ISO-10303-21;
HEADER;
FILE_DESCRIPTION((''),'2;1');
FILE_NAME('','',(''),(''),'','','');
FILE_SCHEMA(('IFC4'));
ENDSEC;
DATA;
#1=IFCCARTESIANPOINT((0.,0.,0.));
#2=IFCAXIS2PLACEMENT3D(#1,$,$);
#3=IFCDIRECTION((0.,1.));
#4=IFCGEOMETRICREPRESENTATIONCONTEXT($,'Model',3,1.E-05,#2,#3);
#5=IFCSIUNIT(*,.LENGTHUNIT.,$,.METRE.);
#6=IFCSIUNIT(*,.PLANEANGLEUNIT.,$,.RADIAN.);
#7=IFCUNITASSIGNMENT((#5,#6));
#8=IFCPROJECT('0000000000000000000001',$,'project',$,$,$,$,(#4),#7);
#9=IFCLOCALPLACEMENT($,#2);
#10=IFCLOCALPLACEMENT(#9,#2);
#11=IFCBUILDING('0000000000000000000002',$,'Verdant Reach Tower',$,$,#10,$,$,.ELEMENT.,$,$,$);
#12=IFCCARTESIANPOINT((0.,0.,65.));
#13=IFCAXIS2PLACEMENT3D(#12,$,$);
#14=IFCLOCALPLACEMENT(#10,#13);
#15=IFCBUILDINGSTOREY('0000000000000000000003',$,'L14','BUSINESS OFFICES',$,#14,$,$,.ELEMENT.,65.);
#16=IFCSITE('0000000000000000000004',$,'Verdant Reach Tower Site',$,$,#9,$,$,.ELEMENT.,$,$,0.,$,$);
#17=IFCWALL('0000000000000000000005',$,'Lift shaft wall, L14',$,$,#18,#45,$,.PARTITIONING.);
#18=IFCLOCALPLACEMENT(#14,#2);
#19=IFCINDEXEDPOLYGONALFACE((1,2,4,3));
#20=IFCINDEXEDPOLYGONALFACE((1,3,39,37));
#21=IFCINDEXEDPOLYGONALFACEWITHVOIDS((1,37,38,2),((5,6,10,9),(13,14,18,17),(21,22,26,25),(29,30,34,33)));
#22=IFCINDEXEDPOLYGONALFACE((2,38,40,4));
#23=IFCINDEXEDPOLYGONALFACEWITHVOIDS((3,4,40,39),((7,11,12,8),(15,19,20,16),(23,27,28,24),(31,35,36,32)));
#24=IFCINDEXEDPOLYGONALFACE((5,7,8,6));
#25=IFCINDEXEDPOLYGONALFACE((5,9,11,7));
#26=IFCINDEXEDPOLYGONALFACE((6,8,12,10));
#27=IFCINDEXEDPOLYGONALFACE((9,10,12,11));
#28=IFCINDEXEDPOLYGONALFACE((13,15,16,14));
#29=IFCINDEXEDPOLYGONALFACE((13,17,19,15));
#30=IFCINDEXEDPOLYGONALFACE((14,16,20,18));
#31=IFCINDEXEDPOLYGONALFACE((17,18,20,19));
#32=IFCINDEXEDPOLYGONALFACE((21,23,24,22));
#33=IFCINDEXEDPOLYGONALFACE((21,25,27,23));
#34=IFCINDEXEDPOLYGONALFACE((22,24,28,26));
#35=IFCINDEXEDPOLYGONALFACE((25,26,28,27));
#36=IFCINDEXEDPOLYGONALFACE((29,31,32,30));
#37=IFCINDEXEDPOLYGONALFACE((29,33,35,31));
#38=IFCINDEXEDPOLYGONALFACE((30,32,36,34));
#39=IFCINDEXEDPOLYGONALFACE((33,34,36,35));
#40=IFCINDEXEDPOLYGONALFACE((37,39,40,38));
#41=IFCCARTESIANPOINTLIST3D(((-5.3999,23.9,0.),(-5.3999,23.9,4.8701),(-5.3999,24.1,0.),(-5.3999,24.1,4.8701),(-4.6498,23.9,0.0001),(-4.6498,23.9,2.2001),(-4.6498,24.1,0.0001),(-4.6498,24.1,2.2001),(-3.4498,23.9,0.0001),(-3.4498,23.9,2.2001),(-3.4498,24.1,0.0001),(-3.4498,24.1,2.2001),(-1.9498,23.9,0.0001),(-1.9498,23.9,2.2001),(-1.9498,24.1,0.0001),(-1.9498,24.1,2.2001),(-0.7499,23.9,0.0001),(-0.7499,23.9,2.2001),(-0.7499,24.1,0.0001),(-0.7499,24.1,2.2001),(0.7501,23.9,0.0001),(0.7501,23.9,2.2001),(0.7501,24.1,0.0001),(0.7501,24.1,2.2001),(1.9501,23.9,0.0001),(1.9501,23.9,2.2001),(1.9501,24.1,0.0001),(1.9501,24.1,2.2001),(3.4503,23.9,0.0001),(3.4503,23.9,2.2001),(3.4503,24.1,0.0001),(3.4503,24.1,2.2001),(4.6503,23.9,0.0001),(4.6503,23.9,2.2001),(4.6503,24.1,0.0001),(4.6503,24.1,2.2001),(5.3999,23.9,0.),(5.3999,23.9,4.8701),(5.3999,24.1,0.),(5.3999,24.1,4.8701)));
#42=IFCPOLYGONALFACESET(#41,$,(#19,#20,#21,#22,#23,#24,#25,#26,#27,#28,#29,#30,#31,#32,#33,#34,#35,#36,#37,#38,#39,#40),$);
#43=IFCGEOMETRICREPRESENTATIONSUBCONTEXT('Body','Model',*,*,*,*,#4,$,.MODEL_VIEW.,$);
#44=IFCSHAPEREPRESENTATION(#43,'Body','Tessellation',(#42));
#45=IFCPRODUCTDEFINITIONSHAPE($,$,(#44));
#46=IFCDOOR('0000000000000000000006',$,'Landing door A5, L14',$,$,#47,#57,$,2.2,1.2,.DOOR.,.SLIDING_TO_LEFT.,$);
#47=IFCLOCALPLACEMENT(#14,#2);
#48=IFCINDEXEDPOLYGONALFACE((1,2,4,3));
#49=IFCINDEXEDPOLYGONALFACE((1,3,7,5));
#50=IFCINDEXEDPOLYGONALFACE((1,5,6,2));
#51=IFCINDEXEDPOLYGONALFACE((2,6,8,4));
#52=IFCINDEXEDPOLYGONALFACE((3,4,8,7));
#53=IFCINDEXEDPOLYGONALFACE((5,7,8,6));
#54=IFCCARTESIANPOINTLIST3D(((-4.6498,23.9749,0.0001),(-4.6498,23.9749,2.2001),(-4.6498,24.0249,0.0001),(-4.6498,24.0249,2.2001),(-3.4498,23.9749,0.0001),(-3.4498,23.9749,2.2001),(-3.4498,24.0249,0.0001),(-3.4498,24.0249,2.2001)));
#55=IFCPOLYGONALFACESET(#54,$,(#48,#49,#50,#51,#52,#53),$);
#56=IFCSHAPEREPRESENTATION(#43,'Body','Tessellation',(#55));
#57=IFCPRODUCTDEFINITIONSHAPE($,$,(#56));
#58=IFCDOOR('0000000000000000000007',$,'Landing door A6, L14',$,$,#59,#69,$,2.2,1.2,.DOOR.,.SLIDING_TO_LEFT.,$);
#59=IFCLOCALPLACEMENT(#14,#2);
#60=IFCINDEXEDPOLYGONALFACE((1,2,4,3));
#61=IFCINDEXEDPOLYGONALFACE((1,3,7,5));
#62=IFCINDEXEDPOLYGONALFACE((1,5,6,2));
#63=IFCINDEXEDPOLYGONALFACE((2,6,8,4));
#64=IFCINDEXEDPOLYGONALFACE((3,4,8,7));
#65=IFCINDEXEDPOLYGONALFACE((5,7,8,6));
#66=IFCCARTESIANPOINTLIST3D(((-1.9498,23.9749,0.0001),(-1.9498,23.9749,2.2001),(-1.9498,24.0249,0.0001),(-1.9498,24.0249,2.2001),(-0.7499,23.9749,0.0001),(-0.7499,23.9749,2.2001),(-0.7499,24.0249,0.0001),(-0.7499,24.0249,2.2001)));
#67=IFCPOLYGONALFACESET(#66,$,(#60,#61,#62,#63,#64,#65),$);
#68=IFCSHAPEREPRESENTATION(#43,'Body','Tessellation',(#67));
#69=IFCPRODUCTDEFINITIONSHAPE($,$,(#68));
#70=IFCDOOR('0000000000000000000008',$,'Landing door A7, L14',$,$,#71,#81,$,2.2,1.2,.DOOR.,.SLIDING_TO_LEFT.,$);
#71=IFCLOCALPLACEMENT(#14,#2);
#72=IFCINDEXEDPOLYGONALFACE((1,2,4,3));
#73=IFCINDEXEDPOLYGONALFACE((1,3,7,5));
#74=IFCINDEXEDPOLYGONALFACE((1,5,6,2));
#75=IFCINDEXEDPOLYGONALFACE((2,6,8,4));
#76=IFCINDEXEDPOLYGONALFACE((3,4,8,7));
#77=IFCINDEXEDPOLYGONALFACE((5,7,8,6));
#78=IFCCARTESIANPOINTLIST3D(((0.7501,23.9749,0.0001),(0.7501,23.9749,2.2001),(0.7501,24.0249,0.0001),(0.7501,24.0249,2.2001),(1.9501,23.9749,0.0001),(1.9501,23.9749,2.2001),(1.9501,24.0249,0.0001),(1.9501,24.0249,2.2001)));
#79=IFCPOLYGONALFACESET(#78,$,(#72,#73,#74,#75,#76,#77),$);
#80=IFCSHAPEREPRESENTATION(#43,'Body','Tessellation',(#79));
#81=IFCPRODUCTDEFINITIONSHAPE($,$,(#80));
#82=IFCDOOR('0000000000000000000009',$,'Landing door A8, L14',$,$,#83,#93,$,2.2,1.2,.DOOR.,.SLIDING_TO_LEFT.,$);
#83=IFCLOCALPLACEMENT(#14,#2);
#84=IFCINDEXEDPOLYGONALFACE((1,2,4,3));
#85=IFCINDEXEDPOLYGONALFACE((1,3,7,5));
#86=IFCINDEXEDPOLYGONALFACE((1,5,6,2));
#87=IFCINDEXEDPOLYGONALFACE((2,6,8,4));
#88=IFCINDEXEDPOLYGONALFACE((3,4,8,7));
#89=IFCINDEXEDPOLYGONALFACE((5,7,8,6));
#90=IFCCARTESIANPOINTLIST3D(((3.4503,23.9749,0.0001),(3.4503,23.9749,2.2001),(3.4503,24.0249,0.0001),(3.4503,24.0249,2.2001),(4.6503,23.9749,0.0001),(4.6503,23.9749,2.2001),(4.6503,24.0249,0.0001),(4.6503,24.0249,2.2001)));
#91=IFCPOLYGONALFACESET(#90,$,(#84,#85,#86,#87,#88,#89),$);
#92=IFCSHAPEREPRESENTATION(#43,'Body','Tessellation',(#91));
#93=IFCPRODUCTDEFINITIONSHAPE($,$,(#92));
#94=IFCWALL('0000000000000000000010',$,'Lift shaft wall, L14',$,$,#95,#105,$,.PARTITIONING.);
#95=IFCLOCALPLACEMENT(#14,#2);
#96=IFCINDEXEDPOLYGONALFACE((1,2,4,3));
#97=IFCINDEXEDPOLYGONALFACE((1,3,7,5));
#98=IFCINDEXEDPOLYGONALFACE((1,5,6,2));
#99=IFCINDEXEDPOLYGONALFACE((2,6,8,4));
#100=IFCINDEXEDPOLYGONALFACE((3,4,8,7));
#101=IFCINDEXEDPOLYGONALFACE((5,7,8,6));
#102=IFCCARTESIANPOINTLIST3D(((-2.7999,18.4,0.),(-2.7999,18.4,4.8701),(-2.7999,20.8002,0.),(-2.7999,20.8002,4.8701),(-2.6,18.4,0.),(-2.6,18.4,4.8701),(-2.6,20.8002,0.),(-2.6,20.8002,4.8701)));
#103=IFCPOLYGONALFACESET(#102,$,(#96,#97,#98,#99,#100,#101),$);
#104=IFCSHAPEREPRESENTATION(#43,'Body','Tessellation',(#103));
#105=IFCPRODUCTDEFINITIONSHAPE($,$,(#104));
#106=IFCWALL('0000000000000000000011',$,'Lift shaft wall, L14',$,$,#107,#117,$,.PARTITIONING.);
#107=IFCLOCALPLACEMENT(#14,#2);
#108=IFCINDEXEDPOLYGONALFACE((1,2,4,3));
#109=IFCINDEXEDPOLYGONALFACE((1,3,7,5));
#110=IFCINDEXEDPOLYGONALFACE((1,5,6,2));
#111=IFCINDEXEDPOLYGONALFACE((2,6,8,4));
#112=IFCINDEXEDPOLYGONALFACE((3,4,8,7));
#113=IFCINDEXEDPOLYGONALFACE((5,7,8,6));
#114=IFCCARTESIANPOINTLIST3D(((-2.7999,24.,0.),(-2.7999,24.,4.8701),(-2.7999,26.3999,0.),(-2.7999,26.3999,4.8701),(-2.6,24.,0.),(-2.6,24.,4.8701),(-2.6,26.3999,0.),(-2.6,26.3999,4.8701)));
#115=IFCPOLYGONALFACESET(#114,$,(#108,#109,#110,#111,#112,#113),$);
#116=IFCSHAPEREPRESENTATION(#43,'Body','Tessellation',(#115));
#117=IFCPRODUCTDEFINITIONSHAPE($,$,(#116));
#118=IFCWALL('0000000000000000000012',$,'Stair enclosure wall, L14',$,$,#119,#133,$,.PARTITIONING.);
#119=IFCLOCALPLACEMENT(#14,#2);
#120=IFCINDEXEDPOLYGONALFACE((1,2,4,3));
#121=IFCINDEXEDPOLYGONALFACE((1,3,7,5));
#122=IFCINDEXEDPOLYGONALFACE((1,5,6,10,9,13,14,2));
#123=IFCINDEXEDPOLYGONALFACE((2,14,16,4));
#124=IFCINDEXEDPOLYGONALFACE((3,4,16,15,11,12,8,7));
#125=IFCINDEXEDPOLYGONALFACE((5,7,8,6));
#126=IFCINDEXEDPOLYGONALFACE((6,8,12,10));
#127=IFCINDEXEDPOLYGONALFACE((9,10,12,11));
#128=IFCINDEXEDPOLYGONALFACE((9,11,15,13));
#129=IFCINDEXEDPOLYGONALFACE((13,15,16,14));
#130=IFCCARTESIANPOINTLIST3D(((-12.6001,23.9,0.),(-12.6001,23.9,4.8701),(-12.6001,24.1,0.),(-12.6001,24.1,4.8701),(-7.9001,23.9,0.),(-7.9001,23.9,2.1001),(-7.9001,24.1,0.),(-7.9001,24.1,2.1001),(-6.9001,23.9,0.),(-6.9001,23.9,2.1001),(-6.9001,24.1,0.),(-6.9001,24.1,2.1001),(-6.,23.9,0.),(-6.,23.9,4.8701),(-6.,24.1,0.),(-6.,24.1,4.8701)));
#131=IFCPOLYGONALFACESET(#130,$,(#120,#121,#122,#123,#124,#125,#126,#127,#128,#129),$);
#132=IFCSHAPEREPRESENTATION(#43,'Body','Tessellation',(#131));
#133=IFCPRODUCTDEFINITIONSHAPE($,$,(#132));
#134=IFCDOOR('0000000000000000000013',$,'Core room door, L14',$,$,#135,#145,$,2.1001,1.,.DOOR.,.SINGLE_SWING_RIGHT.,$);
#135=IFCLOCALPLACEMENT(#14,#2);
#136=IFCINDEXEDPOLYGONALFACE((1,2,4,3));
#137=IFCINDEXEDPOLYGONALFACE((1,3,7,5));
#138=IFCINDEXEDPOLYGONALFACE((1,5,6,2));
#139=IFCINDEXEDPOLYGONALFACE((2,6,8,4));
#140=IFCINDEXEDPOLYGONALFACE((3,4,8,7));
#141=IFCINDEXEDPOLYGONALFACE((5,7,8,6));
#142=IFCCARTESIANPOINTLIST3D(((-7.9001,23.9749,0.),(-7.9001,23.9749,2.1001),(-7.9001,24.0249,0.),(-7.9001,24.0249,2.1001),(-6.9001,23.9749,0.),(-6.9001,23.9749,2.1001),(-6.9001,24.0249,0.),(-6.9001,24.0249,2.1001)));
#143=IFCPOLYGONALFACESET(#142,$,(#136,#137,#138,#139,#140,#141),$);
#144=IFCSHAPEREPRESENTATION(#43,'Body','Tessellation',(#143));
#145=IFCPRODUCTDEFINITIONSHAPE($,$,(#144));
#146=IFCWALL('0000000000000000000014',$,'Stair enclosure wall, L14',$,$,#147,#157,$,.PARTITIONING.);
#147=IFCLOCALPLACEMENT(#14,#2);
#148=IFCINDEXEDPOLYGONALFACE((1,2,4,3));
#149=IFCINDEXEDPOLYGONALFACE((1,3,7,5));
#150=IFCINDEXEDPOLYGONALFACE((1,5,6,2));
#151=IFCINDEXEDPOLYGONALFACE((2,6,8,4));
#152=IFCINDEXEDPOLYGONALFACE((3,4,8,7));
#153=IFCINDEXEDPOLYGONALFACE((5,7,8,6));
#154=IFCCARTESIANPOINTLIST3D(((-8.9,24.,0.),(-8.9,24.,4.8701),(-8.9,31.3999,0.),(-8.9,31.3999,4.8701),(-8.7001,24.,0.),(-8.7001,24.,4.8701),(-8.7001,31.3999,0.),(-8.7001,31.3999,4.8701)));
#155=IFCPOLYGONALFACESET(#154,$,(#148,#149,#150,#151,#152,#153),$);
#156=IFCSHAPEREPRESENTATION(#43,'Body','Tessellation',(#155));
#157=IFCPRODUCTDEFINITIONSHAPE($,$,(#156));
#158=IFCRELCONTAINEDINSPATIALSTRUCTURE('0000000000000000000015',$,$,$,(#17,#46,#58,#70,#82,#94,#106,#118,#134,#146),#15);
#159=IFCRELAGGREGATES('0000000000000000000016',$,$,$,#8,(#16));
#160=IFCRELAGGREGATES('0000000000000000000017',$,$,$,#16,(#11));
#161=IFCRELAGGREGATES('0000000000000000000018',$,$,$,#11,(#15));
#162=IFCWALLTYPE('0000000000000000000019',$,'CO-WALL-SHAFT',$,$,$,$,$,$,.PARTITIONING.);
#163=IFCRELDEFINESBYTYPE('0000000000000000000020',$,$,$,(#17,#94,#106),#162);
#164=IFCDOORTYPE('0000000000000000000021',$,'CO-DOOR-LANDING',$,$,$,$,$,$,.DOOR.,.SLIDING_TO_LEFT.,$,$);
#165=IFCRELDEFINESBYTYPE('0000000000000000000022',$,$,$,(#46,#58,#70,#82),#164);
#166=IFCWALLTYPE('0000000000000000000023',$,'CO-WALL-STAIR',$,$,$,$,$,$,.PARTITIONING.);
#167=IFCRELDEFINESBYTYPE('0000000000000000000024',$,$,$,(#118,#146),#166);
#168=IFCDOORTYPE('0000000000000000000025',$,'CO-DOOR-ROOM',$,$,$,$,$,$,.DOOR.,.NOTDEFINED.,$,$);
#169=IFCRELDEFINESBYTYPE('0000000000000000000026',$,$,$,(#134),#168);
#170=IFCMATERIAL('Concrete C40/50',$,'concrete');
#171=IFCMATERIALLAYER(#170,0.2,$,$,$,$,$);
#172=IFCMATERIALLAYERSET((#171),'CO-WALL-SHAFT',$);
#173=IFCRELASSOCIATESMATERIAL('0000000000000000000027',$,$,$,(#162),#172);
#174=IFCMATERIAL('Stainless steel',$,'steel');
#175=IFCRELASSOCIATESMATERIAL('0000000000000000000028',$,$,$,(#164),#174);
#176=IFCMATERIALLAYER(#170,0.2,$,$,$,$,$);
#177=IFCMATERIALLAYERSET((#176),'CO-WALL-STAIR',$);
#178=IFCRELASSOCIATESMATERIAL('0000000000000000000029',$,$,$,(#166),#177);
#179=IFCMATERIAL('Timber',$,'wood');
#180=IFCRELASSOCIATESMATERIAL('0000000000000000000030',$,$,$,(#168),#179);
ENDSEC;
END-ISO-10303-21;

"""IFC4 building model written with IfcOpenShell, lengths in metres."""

from ifc_helpers import new_model, si_unit, direction, frame, frame_2d, origin, place, context, subcontext, project, spatial, rectangle, extrude, material, layer, layer_set, type_object, element, fill, save


model = new_model("IFC4")

# Units and contexts
model_context = context("Model", 3, precision=1e-05, world=origin(), true_north=direction((0.0, 1.0)))
body_context = subcontext(model_context, "Body", "Model", "MODEL_VIEW")
ifc_project = project(units=[si_unit("LENGTHUNIT", "METRE"), si_unit("PLANEANGLEUNIT", "RADIAN")], contexts=[model_context])

# Site, building, storey
site_placement = place(None, origin())
site = spatial("IfcSite", under=ifc_project, at=site_placement, Name="Verdant Reach Tower Site", CompositionType="ELEMENT", RefElevation=0.0)
building_placement = place(site_placement, origin())
building = spatial("IfcBuilding", under=site, at=building_placement, Name="Verdant Reach Tower", CompositionType="ELEMENT")
storey_placement = place(building_placement, frame((0.0, 0.0, 65.0)))
storey = spatial("IfcBuildingStorey", under=building, at=storey_placement, Name="L14", Description="BUSINESS OFFICES", CompositionType="ELEMENT", Elevation=65.0)

# Wall, openings, doors
ifc_material_1 = material(Name="Concrete C40/50", Category="concrete")
ifc_layer_1 = layer(ifc_material_1, 0.2)
ifc_layer_set_1 = layer_set([ifc_layer_1], Name="CO-WALL-SHAFT")
wall_type_1 = type_object("IfcWallType", Name="CO-WALL-SHAFT", PredefinedType="PARTITIONING", material=ifc_layer_set_1)
ifc_material_2 = material(Name="Stainless steel", Category="steel")
door_type_1 = type_object("IfcDoorType", Name="CO-DOOR-LANDING", OperationType="SLIDING_TO_LEFT", PredefinedType="DOOR", material=ifc_material_2)
wall_1_placement = place(storey_placement, frame((-5.3999, 24.0, 0.0), z_axis=(0.0, 0.0, 1.0), x_axis=(1.0, 0.0, 0.0)))
wall_1 = element("IfcWall", 1, at=wall_1_placement, inside=storey, type_object=wall_type_1, Name="Lift shaft wall, L14", PredefinedType="PARTITIONING", context=body_context, shape_type="SweptSolid", body=[
    extrude(rectangle(XDim=10.7998, YDim=0.2, at=frame_2d((5.3999, 0.0))), origin(), (0.0, 0.0, 1.0), 4.8701),
])
opening_1_placement = place(wall_1_placement, frame((0.75, 0.0, 0.0)))
opening_1 = element("IfcOpeningElement", 2, at=opening_1_placement, cuts=wall_1, PredefinedType="OPENING", context=body_context, shape_type="SweptSolid", body=[
    extrude(rectangle(XDim=1.2, YDim=2.2, at=frame_2d((0.6001, 1.1001))), frame((0.0, 0.1099, 0.0), z_axis=(0.0, -1.0, 0.0), x_axis=(1.0, 0.0, 0.0)), (0.0, 0.0, 1.0), 0.22),
])
opening_2_placement = place(wall_1_placement, frame((3.45, 0.0, 0.0)))
opening_2 = element("IfcOpeningElement", 3, at=opening_2_placement, cuts=wall_1, PredefinedType="OPENING", context=body_context, shape_type="SweptSolid", body=[
    extrude(rectangle(XDim=1.2, YDim=2.2, at=frame_2d((0.6001, 1.1001))), frame((0.0, 0.1099, 0.0), z_axis=(0.0, -1.0, 0.0), x_axis=(1.0, 0.0, 0.0)), (0.0, 0.0, 1.0), 0.22),
])
opening_3_placement = place(wall_1_placement, frame((6.1499, 0.0, 0.0)))
opening_3 = element("IfcOpeningElement", 4, at=opening_3_placement, cuts=wall_1, PredefinedType="OPENING", context=body_context, shape_type="SweptSolid", body=[
    extrude(rectangle(XDim=1.2, YDim=2.2, at=frame_2d((0.6001, 1.1001))), frame((0.0, 0.1099, 0.0), z_axis=(0.0, -1.0, 0.0), x_axis=(1.0, 0.0, 0.0)), (0.0, 0.0, 1.0), 0.22),
])
opening_4_placement = place(wall_1_placement, frame((8.8501, 0.0, 0.0)))
opening_4 = element("IfcOpeningElement", 5, at=opening_4_placement, cuts=wall_1, PredefinedType="OPENING", context=body_context, shape_type="SweptSolid", body=[
    extrude(rectangle(XDim=1.2, YDim=2.2, at=frame_2d((0.6001, 1.1001))), frame((0.0, 0.1099, 0.0), z_axis=(0.0, -1.0, 0.0), x_axis=(1.0, 0.0, 0.0)), (0.0, 0.0, 1.0), 0.22),
])
door_1_placement = place(opening_1_placement, origin())
door_1 = element("IfcDoor", 6, at=door_1_placement, inside=storey, type_object=door_type_1, Name="Landing door A5, L14", OperationType="SLIDING_TO_LEFT", OverallHeight=2.2, OverallWidth=1.2, PredefinedType="DOOR", context=body_context, shape_type="SweptSolid", body=[
    extrude(rectangle(XDim=1.2, YDim=2.2, at=frame_2d((0.6001, 1.1001))), frame((0.0, 0.0249, 0.0), z_axis=(0.0, -1.0, 0.0), x_axis=(1.0, 0.0, 0.0)), (0.0, 0.0, 1.0), 0.05),
])
fill(opening_1, door_1)
door_2_placement = place(opening_2_placement, origin())
door_2 = element("IfcDoor", 7, at=door_2_placement, inside=storey, type_object=door_type_1, Name="Landing door A6, L14", OperationType="SLIDING_TO_LEFT", OverallHeight=2.2, OverallWidth=1.2, PredefinedType="DOOR", context=body_context, shape_type="SweptSolid", body=[
    extrude(rectangle(XDim=1.2, YDim=2.2, at=frame_2d((0.6001, 1.1001))), frame((0.0, 0.0249, 0.0), z_axis=(0.0, -1.0, 0.0), x_axis=(1.0, 0.0, 0.0)), (0.0, 0.0, 1.0), 0.05),
])
fill(opening_2, door_2)
door_3_placement = place(opening_3_placement, origin())
door_3 = element("IfcDoor", 8, at=door_3_placement, inside=storey, type_object=door_type_1, Name="Landing door A7, L14", OperationType="SLIDING_TO_LEFT", OverallHeight=2.2, OverallWidth=1.2, PredefinedType="DOOR", context=body_context, shape_type="SweptSolid", body=[
    extrude(rectangle(XDim=1.2, YDim=2.2, at=frame_2d((0.6001, 1.1001))), frame((0.0, 0.0249, 0.0), z_axis=(0.0, -1.0, 0.0), x_axis=(1.0, 0.0, 0.0)), (0.0, 0.0, 1.0), 0.05),
])
fill(opening_3, door_3)
door_4_placement = place(opening_4_placement, origin())
door_4 = element("IfcDoor", 9, at=door_4_placement, inside=storey, type_object=door_type_1, Name="Landing door A8, L14", OperationType="SLIDING_TO_LEFT", OverallHeight=2.2, OverallWidth=1.2, PredefinedType="DOOR", context=body_context, shape_type="SweptSolid", body=[
    extrude(rectangle(XDim=1.2, YDim=2.2, at=frame_2d((0.6001, 1.1001))), frame((0.0, 0.0249, 0.0), z_axis=(0.0, -1.0, 0.0), x_axis=(1.0, 0.0, 0.0)), (0.0, 0.0, 1.0), 0.05),
])
fill(opening_4, door_4)

# Walls
wall_2_placement = place(storey_placement, frame((-2.7, 18.3999, 0.0), z_axis=(0.0, 0.0, 1.0), x_axis=(0.0, 1.0, 0.0)))
element("IfcWall", 10, at=wall_2_placement, inside=storey, type_object=wall_type_1, Name="Lift shaft wall, L14", PredefinedType="PARTITIONING", context=body_context, shape_type="SweptSolid", body=[
    extrude(rectangle(XDim=2.4001, YDim=0.2, at=frame_2d((1.2002, 0.0))), origin(), (0.0, 0.0, 1.0), 4.8701),
])
wall_3_placement = place(storey_placement, frame((-2.7, 24.0, 0.0), z_axis=(0.0, 0.0, 1.0), x_axis=(0.0, 1.0, 0.0)))
element("IfcWall", 11, at=wall_3_placement, inside=storey, type_object=wall_type_1, Name="Lift shaft wall, L14", PredefinedType="PARTITIONING", context=body_context, shape_type="SweptSolid", body=[
    extrude(rectangle(XDim=2.3999, YDim=0.2, at=frame_2d((1.2, 0.0))), origin(), (0.0, 0.0, 1.0), 4.8701),
])

# Wall, opening, door
ifc_layer_2 = layer(ifc_material_1, 0.2)
ifc_layer_set_2 = layer_set([ifc_layer_2], Name="CO-WALL-STAIR")
wall_type_2 = type_object("IfcWallType", Name="CO-WALL-STAIR", PredefinedType="PARTITIONING", material=ifc_layer_set_2)
wall_4_placement = place(storey_placement, frame((-12.6001, 24.0, 0.0), z_axis=(0.0, 0.0, 1.0), x_axis=(1.0, 0.0, 0.0)))
wall_4 = element("IfcWall", 12, at=wall_4_placement, inside=storey, type_object=wall_type_2, Name="Stair enclosure wall, L14", PredefinedType="PARTITIONING", context=body_context, shape_type="SweptSolid", body=[
    extrude(rectangle(XDim=6.6001, YDim=0.2, at=frame_2d((3.3, 0.0))), origin(), (0.0, 0.0, 1.0), 4.8701),
])
opening_5_placement = place(wall_4_placement, frame((4.7, 0.0, 0.0)))
opening_5 = element("IfcOpeningElement", 13, at=opening_5_placement, cuts=wall_4, PredefinedType="OPENING", context=body_context, shape_type="SweptSolid", body=[
    extrude(rectangle(XDim=1.0, YDim=2.1001, at=frame_2d((0.5, 1.05))), frame((0.0, 0.1099, 0.0), z_axis=(0.0, -1.0, 0.0), x_axis=(1.0, 0.0, 0.0)), (0.0, 0.0, 1.0), 0.22),
])
ifc_material_3 = material(Name="Timber", Category="wood")
door_type_2 = type_object("IfcDoorType", Name="CO-DOOR-ROOM", OperationType="NOTDEFINED", PredefinedType="DOOR", material=ifc_material_3)
door_5_placement = place(opening_5_placement, origin())
door_5 = element("IfcDoor", 14, at=door_5_placement, inside=storey, type_object=door_type_2, Name="Core room door, L14", OperationType="SINGLE_SWING_RIGHT", OverallHeight=2.1001, OverallWidth=1.0, PredefinedType="DOOR", context=body_context, shape_type="SweptSolid", body=[
    extrude(rectangle(XDim=1.0, YDim=2.1001, at=frame_2d((0.5, 1.05))), frame((0.0, 0.0249, 0.0), z_axis=(0.0, -1.0, 0.0), x_axis=(1.0, 0.0, 0.0)), (0.0, 0.0, 1.0), 0.05),
])
fill(opening_5, door_5)

# Wall
wall_5_placement = place(storey_placement, frame((-8.8, 24.0, 0.0), z_axis=(0.0, 0.0, 1.0), x_axis=(0.0, 1.0, 0.0)))
element("IfcWall", 15, at=wall_5_placement, inside=storey, type_object=wall_type_2, Name="Stair enclosure wall, L14", PredefinedType="PARTITIONING", context=body_context, shape_type="SweptSolid", body=[
    extrude(rectangle(XDim=7.3999, YDim=0.2, at=frame_2d((3.7, 0.0))), origin(), (0.0, 0.0, 1.0), 4.8701),
])

save(model, "model.ifc")
